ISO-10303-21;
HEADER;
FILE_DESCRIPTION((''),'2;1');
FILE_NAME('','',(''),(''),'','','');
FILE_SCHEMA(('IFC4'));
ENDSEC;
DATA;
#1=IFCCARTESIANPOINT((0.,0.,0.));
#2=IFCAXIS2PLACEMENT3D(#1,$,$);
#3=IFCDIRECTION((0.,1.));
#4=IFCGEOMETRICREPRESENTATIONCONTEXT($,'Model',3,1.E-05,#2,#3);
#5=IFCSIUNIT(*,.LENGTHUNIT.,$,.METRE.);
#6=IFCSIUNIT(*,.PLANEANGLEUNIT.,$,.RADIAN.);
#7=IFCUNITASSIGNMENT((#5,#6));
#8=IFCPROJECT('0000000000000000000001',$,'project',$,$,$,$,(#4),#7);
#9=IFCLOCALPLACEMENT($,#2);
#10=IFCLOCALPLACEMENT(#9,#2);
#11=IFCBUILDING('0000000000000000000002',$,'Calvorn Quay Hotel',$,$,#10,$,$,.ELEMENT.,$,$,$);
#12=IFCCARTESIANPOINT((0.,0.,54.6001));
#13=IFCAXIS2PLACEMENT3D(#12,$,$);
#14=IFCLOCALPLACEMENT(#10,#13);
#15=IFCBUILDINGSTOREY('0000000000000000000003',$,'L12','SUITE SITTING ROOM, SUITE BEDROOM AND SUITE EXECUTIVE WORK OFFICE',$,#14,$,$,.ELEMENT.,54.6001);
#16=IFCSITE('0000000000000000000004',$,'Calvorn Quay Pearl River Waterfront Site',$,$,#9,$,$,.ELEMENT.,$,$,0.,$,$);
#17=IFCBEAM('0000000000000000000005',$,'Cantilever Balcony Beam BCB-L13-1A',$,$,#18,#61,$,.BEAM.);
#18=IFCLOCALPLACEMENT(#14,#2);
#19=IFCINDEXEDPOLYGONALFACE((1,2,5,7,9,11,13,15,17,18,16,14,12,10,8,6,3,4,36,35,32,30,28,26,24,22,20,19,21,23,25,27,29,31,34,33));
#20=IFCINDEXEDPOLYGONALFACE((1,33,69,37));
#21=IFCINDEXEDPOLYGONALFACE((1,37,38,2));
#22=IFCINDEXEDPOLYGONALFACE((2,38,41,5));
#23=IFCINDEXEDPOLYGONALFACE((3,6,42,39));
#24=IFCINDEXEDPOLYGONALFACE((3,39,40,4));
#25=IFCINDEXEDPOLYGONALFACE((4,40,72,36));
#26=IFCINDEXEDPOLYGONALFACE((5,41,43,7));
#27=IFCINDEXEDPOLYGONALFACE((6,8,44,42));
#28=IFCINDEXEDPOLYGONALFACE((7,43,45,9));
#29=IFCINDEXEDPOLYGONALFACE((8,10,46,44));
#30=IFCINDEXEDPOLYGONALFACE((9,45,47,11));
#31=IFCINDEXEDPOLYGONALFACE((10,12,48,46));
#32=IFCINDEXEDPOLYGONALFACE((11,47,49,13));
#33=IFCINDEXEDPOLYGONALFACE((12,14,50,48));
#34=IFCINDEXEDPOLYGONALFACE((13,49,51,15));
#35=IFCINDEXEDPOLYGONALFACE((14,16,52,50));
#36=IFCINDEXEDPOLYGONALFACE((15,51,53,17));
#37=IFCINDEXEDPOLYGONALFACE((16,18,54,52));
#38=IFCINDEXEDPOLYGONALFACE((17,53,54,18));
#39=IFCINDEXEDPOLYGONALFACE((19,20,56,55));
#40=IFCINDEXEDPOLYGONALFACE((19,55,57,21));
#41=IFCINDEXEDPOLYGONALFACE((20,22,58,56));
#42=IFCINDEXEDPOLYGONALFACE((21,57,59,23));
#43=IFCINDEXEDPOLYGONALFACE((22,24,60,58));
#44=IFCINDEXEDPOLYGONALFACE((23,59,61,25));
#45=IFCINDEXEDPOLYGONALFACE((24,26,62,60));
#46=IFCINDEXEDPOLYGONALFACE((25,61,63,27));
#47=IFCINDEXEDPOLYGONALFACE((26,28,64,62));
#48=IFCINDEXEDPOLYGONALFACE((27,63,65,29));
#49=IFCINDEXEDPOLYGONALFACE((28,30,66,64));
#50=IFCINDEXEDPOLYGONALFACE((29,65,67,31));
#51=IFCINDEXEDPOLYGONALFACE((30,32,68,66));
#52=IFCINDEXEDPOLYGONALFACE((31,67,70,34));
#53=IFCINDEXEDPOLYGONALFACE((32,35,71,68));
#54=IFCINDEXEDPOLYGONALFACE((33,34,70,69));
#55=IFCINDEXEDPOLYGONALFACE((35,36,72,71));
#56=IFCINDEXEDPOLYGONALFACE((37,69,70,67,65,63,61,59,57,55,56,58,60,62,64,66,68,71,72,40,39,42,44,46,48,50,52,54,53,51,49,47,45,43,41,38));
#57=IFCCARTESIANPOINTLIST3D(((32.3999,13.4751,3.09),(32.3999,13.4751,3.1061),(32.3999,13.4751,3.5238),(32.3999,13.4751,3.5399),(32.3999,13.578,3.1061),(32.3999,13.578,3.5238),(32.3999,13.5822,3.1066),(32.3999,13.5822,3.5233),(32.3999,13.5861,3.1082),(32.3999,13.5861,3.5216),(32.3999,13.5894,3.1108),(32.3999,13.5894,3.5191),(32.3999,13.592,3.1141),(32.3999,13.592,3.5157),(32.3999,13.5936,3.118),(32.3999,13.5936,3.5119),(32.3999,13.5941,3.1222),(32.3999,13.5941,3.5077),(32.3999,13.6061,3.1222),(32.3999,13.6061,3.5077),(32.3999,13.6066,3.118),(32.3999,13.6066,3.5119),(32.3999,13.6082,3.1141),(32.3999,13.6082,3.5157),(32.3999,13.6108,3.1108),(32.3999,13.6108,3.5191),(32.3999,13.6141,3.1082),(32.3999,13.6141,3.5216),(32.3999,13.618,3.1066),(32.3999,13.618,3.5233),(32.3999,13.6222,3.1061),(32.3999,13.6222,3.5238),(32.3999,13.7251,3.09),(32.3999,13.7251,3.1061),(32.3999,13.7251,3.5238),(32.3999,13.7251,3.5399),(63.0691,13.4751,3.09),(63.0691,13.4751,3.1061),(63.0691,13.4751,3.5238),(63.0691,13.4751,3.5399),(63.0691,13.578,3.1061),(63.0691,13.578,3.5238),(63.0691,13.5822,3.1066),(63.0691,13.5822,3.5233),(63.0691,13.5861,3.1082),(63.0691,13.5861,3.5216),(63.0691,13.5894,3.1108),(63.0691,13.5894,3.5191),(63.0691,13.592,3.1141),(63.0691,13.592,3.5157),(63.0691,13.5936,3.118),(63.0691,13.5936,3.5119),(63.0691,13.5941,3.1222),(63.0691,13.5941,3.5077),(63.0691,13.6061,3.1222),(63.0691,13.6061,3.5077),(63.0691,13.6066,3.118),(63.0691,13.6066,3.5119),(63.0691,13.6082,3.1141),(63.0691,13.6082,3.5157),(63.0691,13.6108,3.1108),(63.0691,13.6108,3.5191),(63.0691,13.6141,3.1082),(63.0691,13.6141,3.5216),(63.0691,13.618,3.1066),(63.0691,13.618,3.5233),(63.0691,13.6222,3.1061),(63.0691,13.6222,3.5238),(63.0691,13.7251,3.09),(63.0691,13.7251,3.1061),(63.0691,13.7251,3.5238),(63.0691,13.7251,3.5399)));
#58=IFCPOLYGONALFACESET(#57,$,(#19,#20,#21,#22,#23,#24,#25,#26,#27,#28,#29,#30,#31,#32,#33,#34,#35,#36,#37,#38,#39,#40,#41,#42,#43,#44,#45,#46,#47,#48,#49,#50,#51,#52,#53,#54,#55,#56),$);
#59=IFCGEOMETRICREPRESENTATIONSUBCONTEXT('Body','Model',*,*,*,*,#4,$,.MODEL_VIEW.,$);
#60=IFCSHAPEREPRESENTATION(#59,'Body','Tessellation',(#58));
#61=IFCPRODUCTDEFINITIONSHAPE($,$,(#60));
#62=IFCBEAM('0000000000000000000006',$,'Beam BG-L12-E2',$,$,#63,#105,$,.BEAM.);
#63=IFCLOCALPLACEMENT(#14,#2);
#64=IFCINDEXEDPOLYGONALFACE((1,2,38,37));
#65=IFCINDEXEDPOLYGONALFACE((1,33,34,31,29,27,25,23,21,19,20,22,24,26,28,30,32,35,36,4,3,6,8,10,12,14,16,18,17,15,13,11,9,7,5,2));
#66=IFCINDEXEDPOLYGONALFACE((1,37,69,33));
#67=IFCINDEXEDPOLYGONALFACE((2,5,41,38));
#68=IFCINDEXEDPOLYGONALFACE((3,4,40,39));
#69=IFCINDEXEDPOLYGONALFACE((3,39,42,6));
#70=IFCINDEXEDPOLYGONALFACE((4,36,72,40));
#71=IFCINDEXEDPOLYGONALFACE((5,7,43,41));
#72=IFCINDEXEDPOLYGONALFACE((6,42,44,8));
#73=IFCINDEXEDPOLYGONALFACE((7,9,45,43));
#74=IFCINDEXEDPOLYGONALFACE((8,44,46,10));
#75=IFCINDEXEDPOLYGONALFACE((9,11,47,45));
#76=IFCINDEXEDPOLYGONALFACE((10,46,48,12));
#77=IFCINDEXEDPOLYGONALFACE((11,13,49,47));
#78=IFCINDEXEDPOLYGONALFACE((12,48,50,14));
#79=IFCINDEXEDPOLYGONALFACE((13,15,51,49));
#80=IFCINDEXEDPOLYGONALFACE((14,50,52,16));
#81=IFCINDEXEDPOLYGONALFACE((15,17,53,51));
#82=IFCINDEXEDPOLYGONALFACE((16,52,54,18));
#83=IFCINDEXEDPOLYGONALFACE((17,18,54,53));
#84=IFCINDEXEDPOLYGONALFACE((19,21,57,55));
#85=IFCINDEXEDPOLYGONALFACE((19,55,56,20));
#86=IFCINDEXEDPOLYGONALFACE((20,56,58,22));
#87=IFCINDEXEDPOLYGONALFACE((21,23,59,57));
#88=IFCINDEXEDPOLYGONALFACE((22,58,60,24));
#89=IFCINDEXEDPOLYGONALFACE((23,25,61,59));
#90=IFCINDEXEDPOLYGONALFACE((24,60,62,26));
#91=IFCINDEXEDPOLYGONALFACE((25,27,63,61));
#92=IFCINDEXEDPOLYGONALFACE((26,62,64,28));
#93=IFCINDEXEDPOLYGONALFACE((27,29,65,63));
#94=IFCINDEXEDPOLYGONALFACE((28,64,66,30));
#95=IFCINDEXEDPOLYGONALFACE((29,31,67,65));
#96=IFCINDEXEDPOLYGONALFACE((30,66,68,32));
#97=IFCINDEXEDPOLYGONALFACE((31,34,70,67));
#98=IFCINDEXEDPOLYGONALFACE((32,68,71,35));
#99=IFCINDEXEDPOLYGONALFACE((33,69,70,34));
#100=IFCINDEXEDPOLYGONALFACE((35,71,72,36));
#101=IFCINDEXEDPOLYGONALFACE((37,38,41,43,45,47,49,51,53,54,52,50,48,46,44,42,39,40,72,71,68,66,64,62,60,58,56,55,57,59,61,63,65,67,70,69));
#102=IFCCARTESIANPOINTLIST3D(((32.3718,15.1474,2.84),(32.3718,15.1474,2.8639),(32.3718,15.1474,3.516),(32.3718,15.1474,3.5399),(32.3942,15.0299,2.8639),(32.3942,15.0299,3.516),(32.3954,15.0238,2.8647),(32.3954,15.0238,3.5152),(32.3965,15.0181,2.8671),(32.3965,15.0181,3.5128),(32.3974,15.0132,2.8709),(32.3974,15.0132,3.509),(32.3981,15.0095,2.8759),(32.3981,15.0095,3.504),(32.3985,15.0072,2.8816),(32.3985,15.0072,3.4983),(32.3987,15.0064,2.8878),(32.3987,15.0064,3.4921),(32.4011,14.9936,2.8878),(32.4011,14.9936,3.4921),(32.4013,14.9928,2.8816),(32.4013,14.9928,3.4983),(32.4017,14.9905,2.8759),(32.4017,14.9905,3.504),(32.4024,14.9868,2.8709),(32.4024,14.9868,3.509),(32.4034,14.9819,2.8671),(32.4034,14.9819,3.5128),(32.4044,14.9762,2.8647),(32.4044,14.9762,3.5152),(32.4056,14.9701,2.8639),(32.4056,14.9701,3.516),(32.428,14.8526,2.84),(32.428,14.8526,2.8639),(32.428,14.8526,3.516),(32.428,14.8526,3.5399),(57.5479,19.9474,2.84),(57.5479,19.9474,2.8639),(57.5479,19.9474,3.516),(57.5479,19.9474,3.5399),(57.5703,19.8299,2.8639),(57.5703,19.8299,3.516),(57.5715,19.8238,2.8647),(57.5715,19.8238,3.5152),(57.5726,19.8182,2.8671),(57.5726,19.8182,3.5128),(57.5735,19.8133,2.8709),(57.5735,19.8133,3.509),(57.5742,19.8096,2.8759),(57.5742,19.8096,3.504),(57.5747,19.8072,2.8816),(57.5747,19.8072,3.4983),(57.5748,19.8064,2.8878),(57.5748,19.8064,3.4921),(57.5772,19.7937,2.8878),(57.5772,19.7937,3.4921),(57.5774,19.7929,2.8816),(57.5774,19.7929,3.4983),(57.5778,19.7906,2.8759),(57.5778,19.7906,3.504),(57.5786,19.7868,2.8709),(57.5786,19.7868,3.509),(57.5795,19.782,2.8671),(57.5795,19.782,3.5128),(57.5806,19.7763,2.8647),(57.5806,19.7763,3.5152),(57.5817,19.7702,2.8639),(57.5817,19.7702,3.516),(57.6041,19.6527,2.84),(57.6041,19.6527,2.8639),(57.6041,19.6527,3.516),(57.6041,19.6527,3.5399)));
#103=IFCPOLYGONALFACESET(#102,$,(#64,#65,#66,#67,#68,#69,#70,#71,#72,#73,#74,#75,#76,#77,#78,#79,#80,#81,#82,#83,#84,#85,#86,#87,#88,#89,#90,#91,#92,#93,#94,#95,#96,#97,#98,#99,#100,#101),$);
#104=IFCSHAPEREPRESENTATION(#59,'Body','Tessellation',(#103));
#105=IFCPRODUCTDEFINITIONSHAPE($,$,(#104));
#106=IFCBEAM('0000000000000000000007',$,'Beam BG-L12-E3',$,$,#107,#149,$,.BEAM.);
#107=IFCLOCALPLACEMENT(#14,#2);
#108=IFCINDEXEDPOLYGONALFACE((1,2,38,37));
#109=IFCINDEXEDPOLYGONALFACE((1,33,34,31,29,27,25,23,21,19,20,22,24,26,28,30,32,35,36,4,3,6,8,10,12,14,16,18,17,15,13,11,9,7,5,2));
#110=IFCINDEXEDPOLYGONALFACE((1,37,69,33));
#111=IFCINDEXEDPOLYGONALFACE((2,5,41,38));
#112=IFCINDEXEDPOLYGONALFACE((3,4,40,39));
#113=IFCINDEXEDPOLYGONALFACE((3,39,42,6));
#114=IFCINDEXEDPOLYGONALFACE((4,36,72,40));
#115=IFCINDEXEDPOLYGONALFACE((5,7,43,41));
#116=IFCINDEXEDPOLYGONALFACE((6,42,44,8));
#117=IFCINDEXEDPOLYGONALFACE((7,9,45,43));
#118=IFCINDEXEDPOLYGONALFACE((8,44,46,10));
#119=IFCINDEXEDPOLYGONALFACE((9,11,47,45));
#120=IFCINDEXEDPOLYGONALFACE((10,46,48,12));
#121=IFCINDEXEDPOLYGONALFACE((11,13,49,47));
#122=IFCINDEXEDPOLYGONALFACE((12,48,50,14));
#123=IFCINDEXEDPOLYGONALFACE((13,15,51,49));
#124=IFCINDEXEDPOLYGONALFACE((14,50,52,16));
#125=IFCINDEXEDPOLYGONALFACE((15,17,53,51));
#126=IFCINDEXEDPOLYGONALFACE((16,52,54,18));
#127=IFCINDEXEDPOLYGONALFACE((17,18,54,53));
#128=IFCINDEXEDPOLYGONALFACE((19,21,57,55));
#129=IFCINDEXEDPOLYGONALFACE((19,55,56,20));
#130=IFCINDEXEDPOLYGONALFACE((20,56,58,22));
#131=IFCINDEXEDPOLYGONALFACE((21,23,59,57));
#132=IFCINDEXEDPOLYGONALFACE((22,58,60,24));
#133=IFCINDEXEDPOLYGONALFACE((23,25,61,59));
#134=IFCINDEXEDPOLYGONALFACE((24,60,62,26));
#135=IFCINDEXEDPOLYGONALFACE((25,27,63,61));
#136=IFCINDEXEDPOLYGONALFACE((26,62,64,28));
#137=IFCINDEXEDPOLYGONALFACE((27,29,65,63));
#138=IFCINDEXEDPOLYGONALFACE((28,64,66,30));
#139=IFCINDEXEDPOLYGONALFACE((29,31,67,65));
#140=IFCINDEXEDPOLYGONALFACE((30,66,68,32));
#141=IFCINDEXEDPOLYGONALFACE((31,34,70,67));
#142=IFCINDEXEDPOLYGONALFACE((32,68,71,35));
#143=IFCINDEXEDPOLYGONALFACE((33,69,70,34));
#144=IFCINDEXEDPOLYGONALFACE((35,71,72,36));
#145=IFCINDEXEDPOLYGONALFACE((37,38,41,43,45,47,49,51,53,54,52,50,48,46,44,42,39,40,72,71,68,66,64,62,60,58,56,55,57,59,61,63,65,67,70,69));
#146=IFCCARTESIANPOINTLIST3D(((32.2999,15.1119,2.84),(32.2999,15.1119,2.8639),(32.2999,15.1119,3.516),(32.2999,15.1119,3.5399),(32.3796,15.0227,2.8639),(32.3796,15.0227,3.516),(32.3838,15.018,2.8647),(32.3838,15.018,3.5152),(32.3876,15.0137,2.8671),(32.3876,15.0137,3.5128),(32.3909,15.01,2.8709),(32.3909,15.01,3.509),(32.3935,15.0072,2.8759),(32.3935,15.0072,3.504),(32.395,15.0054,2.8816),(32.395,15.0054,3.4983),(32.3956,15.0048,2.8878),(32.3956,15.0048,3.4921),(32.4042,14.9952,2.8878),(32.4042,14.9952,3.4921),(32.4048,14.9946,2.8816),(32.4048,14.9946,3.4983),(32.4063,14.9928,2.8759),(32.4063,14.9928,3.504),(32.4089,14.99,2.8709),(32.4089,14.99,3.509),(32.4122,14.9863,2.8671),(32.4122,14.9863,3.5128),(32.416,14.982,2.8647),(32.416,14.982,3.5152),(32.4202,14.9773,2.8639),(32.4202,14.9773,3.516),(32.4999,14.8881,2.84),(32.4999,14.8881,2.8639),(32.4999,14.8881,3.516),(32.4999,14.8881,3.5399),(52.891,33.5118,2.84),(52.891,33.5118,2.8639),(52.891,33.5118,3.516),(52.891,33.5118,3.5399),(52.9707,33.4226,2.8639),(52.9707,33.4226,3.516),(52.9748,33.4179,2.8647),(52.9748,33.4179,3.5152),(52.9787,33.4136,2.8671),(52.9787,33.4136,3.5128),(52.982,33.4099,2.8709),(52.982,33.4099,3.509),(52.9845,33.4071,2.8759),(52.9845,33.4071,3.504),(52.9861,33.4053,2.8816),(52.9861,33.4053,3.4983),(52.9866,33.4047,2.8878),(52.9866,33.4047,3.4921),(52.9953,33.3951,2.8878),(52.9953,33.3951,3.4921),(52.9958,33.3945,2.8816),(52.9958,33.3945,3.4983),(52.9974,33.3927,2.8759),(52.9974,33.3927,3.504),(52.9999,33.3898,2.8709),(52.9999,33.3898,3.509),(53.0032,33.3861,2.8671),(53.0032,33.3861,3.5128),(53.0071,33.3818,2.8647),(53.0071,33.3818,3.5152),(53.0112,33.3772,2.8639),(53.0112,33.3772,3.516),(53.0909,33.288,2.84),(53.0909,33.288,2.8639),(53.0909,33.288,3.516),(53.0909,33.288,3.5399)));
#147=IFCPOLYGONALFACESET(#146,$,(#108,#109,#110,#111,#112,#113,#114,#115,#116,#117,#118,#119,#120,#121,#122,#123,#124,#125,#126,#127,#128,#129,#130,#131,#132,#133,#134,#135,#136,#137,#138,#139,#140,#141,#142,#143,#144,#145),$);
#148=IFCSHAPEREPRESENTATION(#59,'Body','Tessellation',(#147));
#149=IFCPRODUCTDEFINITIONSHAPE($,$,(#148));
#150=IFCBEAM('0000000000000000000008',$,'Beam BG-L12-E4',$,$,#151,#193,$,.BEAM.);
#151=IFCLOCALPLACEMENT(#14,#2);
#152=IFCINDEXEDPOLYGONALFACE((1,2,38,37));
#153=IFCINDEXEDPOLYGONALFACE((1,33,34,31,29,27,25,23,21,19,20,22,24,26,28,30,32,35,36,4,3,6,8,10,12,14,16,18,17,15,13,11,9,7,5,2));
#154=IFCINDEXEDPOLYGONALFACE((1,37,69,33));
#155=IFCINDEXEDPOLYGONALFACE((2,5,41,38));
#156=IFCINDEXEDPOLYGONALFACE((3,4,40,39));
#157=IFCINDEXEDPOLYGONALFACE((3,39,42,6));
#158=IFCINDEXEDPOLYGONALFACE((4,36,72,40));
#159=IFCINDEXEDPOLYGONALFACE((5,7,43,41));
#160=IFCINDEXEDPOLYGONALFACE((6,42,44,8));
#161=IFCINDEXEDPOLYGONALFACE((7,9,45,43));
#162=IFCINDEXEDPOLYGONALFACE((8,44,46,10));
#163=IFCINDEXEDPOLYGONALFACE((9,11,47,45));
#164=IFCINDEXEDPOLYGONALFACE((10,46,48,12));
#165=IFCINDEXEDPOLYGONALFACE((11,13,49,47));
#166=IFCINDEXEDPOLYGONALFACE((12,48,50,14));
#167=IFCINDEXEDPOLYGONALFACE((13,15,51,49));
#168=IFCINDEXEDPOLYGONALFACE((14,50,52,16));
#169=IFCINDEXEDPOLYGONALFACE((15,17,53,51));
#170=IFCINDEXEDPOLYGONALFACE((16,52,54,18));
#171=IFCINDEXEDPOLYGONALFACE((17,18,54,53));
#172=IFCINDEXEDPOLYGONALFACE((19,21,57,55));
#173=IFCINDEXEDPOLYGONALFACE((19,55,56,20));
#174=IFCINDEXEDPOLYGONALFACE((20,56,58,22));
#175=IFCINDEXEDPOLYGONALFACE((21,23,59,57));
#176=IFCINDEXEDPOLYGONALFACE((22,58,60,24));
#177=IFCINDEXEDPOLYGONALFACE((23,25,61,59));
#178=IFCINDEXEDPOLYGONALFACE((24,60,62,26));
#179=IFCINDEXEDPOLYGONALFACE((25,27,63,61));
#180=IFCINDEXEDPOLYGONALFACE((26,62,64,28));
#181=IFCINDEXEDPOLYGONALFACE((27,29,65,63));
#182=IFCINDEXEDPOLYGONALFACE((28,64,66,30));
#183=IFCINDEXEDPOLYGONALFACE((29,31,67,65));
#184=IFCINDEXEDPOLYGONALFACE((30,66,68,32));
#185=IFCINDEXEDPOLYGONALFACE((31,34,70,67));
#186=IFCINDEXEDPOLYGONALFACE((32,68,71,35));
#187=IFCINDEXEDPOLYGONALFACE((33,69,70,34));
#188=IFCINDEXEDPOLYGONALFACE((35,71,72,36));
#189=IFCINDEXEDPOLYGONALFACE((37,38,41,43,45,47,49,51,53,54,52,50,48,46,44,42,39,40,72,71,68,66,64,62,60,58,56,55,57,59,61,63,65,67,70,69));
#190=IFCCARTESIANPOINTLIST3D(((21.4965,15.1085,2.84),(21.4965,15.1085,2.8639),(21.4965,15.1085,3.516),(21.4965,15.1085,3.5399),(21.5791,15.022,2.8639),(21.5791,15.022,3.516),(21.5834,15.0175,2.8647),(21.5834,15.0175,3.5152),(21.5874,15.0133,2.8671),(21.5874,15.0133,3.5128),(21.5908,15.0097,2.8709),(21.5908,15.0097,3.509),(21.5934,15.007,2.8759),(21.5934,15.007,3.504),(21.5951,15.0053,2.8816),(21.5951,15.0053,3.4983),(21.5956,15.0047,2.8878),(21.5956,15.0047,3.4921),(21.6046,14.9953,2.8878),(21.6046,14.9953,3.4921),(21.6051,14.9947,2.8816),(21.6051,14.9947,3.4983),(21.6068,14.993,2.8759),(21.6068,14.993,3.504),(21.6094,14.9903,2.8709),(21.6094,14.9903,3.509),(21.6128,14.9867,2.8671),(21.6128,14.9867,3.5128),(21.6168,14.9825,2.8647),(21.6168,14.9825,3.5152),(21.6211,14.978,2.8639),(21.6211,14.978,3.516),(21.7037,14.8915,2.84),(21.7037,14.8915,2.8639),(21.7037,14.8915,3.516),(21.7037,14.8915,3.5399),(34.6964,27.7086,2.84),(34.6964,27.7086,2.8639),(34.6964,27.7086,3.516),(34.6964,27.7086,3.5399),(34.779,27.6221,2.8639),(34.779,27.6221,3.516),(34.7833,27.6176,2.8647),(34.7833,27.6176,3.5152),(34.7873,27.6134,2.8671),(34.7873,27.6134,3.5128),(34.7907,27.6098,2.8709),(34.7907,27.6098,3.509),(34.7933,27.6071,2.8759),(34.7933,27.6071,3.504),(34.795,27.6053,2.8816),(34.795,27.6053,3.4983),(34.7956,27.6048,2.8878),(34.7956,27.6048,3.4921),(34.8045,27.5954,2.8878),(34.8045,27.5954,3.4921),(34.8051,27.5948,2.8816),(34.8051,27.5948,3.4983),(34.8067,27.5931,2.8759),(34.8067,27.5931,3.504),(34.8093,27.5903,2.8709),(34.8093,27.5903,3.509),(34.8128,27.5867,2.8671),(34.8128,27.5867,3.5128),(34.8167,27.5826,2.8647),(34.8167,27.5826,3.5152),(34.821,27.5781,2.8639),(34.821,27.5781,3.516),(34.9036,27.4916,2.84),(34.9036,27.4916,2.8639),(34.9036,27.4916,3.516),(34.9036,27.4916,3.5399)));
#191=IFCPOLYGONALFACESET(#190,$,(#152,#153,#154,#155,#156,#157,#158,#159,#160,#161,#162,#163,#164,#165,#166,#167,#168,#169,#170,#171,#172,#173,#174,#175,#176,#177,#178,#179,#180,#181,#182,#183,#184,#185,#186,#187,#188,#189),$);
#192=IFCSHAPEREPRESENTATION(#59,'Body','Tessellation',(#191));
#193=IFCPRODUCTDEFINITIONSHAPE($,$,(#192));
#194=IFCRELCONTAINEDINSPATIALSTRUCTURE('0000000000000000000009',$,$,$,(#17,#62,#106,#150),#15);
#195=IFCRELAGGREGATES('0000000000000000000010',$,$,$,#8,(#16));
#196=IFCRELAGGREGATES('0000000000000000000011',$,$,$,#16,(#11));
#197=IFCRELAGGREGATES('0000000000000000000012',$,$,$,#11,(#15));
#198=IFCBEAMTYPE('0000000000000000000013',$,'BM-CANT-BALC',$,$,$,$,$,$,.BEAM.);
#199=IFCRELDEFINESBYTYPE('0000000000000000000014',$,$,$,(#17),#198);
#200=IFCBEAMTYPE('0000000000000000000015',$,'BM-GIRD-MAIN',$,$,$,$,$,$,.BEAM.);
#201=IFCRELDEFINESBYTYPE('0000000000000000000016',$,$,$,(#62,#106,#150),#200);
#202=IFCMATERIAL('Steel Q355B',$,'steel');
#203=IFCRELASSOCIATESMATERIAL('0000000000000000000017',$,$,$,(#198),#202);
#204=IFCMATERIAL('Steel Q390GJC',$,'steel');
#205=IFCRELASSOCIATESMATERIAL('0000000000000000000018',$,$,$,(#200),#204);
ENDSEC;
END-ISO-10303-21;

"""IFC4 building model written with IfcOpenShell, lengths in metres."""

from ifc_helpers import new_model, si_unit, direction, frame, origin, origin_2d, place, context, subcontext, project, spatial, i_section, extrude, material, material_profile, profile_set, type_object, element, save


model = new_model("IFC4")

# Units and contexts
model_context = context("Model", 3, precision=1e-05, world=origin(), true_north=direction((0.0, 1.0)))
body_context = subcontext(model_context, "Body", "Model", "MODEL_VIEW")
ifc_project = project(units=[si_unit("LENGTHUNIT", "METRE"), si_unit("PLANEANGLEUNIT", "RADIAN")], contexts=[model_context])

# Site, building, storey
site_placement = place(None, origin())
site = spatial("IfcSite", under=ifc_project, at=site_placement, Name="Calvorn Quay Pearl River Waterfront Site", CompositionType="ELEMENT", RefElevation=0.0)
building_placement = place(site_placement, origin())
building = spatial("IfcBuilding", under=site, at=building_placement, Name="Calvorn Quay Hotel", CompositionType="ELEMENT")
storey_placement = place(building_placement, frame((0.0, 0.0, 54.6001)))
storey = spatial("IfcBuildingStorey", under=building, at=storey_placement, Name="L12", Description="SUITE SITTING ROOM, SUITE BEDROOM AND SUITE EXECUTIVE WORK OFFICE", CompositionType="ELEMENT", Elevation=54.6001)

# Beams
ifc_material_1 = material(Name="Steel Q355B", Category="steel")
ifc_material_profile_1 = material_profile(ifc_material_1, i_section(OverallWidth=0.25, OverallDepth=0.45, WebThickness=0.012, FlangeThickness=0.0161, FilletRadius=0.0161, at=origin_2d()), Name="HN450x250x12x16")
ifc_profile_set_1 = profile_set([ifc_material_profile_1], Name="Steel Q355B")
beam_type_1 = type_object("IfcBeamType", Name="BM-CANT-BALC", PredefinedType="BEAM", material=ifc_profile_set_1)
beam_1_placement = place(storey_placement, frame((32.3999, 13.6001, 3.3149), z_axis=(1.0, 0.0, 0.0), x_axis=(0.0, 1.0, 0.0)))
element("IfcBeam", 1, at=beam_1_placement, inside=storey, type_object=beam_type_1, Name="Cantilever Balcony Beam BCB-L13-1A", PredefinedType="BEAM", context=body_context, shape_type="SweptSolid", body=[
    extrude(i_section(OverallWidth=0.25, OverallDepth=0.45, WebThickness=0.012, FlangeThickness=0.0161, FilletRadius=0.0161, at=origin_2d()), origin(), (0.0, 0.0, 1.0), 30.6692),
])
ifc_material_2 = material(Name="Steel Q390GJC", Category="steel")
ifc_material_profile_2 = material_profile(ifc_material_2, i_section(OverallWidth=0.3, OverallDepth=0.7, WebThickness=0.0129, FlangeThickness=0.0239, FilletRadius=0.0239, at=origin_2d()), Name="HN700x300x13x24")
ifc_profile_set_2 = profile_set([ifc_material_profile_2], Name="Steel Q390GJC")
beam_type_2 = type_object("IfcBeamType", Name="BM-GIRD-MAIN", PredefinedType="BEAM", material=ifc_profile_set_2)
beam_2_placement = place(storey_placement, frame((32.3999, 15.0, 3.1899), z_axis=(0.982305, 0.187286, 0.0), x_axis=(-0.187286, 0.982305, 0.0)))
element("IfcBeam", 2, at=beam_2_placement, inside=storey, type_object=beam_type_2, Name="Beam BG-L12-E2", PredefinedType="BEAM", context=body_context, shape_type="SweptSolid", body=[
    extrude(i_section(OverallWidth=0.3, OverallDepth=0.7, WebThickness=0.0129, FlangeThickness=0.0239, FilletRadius=0.0239, at=origin_2d()), origin(), (0.0, 0.0, 1.0), 25.6296),
])
beam_3_placement = place(storey_placement, frame((32.3999, 15.0, 3.1899), z_axis=(0.745667, 0.666318, 0.0), x_axis=(-0.666318, 0.745667, 0.0)))
element("IfcBeam", 3, at=beam_3_placement, inside=storey, type_object=beam_type_2, Name="Beam BG-L12-E3", PredefinedType="BEAM", context=body_context, shape_type="SweptSolid", body=[
    extrude(i_section(OverallWidth=0.3, OverallDepth=0.7, WebThickness=0.0129, FlangeThickness=0.0239, FilletRadius=0.0239, at=origin_2d()), origin(), (0.0, 0.0, 1.0), 27.6143),
])
beam_4_placement = place(storey_placement, frame((21.6001, 15.0, 3.1899), z_axis=(0.723352, 0.69048, 0.0), x_axis=(-0.69048, 0.723352, 0.0)))
element("IfcBeam", 4, at=beam_4_placement, inside=storey, type_object=beam_type_2, Name="Beam BG-L12-E4", PredefinedType="BEAM", context=body_context, shape_type="SweptSolid", body=[
    extrude(i_section(OverallWidth=0.3, OverallDepth=0.7, WebThickness=0.0129, FlangeThickness=0.0239, FilletRadius=0.0239, at=origin_2d()), origin(), (0.0, 0.0, 1.0), 18.2483),
])

save(model, "model.ifc")
